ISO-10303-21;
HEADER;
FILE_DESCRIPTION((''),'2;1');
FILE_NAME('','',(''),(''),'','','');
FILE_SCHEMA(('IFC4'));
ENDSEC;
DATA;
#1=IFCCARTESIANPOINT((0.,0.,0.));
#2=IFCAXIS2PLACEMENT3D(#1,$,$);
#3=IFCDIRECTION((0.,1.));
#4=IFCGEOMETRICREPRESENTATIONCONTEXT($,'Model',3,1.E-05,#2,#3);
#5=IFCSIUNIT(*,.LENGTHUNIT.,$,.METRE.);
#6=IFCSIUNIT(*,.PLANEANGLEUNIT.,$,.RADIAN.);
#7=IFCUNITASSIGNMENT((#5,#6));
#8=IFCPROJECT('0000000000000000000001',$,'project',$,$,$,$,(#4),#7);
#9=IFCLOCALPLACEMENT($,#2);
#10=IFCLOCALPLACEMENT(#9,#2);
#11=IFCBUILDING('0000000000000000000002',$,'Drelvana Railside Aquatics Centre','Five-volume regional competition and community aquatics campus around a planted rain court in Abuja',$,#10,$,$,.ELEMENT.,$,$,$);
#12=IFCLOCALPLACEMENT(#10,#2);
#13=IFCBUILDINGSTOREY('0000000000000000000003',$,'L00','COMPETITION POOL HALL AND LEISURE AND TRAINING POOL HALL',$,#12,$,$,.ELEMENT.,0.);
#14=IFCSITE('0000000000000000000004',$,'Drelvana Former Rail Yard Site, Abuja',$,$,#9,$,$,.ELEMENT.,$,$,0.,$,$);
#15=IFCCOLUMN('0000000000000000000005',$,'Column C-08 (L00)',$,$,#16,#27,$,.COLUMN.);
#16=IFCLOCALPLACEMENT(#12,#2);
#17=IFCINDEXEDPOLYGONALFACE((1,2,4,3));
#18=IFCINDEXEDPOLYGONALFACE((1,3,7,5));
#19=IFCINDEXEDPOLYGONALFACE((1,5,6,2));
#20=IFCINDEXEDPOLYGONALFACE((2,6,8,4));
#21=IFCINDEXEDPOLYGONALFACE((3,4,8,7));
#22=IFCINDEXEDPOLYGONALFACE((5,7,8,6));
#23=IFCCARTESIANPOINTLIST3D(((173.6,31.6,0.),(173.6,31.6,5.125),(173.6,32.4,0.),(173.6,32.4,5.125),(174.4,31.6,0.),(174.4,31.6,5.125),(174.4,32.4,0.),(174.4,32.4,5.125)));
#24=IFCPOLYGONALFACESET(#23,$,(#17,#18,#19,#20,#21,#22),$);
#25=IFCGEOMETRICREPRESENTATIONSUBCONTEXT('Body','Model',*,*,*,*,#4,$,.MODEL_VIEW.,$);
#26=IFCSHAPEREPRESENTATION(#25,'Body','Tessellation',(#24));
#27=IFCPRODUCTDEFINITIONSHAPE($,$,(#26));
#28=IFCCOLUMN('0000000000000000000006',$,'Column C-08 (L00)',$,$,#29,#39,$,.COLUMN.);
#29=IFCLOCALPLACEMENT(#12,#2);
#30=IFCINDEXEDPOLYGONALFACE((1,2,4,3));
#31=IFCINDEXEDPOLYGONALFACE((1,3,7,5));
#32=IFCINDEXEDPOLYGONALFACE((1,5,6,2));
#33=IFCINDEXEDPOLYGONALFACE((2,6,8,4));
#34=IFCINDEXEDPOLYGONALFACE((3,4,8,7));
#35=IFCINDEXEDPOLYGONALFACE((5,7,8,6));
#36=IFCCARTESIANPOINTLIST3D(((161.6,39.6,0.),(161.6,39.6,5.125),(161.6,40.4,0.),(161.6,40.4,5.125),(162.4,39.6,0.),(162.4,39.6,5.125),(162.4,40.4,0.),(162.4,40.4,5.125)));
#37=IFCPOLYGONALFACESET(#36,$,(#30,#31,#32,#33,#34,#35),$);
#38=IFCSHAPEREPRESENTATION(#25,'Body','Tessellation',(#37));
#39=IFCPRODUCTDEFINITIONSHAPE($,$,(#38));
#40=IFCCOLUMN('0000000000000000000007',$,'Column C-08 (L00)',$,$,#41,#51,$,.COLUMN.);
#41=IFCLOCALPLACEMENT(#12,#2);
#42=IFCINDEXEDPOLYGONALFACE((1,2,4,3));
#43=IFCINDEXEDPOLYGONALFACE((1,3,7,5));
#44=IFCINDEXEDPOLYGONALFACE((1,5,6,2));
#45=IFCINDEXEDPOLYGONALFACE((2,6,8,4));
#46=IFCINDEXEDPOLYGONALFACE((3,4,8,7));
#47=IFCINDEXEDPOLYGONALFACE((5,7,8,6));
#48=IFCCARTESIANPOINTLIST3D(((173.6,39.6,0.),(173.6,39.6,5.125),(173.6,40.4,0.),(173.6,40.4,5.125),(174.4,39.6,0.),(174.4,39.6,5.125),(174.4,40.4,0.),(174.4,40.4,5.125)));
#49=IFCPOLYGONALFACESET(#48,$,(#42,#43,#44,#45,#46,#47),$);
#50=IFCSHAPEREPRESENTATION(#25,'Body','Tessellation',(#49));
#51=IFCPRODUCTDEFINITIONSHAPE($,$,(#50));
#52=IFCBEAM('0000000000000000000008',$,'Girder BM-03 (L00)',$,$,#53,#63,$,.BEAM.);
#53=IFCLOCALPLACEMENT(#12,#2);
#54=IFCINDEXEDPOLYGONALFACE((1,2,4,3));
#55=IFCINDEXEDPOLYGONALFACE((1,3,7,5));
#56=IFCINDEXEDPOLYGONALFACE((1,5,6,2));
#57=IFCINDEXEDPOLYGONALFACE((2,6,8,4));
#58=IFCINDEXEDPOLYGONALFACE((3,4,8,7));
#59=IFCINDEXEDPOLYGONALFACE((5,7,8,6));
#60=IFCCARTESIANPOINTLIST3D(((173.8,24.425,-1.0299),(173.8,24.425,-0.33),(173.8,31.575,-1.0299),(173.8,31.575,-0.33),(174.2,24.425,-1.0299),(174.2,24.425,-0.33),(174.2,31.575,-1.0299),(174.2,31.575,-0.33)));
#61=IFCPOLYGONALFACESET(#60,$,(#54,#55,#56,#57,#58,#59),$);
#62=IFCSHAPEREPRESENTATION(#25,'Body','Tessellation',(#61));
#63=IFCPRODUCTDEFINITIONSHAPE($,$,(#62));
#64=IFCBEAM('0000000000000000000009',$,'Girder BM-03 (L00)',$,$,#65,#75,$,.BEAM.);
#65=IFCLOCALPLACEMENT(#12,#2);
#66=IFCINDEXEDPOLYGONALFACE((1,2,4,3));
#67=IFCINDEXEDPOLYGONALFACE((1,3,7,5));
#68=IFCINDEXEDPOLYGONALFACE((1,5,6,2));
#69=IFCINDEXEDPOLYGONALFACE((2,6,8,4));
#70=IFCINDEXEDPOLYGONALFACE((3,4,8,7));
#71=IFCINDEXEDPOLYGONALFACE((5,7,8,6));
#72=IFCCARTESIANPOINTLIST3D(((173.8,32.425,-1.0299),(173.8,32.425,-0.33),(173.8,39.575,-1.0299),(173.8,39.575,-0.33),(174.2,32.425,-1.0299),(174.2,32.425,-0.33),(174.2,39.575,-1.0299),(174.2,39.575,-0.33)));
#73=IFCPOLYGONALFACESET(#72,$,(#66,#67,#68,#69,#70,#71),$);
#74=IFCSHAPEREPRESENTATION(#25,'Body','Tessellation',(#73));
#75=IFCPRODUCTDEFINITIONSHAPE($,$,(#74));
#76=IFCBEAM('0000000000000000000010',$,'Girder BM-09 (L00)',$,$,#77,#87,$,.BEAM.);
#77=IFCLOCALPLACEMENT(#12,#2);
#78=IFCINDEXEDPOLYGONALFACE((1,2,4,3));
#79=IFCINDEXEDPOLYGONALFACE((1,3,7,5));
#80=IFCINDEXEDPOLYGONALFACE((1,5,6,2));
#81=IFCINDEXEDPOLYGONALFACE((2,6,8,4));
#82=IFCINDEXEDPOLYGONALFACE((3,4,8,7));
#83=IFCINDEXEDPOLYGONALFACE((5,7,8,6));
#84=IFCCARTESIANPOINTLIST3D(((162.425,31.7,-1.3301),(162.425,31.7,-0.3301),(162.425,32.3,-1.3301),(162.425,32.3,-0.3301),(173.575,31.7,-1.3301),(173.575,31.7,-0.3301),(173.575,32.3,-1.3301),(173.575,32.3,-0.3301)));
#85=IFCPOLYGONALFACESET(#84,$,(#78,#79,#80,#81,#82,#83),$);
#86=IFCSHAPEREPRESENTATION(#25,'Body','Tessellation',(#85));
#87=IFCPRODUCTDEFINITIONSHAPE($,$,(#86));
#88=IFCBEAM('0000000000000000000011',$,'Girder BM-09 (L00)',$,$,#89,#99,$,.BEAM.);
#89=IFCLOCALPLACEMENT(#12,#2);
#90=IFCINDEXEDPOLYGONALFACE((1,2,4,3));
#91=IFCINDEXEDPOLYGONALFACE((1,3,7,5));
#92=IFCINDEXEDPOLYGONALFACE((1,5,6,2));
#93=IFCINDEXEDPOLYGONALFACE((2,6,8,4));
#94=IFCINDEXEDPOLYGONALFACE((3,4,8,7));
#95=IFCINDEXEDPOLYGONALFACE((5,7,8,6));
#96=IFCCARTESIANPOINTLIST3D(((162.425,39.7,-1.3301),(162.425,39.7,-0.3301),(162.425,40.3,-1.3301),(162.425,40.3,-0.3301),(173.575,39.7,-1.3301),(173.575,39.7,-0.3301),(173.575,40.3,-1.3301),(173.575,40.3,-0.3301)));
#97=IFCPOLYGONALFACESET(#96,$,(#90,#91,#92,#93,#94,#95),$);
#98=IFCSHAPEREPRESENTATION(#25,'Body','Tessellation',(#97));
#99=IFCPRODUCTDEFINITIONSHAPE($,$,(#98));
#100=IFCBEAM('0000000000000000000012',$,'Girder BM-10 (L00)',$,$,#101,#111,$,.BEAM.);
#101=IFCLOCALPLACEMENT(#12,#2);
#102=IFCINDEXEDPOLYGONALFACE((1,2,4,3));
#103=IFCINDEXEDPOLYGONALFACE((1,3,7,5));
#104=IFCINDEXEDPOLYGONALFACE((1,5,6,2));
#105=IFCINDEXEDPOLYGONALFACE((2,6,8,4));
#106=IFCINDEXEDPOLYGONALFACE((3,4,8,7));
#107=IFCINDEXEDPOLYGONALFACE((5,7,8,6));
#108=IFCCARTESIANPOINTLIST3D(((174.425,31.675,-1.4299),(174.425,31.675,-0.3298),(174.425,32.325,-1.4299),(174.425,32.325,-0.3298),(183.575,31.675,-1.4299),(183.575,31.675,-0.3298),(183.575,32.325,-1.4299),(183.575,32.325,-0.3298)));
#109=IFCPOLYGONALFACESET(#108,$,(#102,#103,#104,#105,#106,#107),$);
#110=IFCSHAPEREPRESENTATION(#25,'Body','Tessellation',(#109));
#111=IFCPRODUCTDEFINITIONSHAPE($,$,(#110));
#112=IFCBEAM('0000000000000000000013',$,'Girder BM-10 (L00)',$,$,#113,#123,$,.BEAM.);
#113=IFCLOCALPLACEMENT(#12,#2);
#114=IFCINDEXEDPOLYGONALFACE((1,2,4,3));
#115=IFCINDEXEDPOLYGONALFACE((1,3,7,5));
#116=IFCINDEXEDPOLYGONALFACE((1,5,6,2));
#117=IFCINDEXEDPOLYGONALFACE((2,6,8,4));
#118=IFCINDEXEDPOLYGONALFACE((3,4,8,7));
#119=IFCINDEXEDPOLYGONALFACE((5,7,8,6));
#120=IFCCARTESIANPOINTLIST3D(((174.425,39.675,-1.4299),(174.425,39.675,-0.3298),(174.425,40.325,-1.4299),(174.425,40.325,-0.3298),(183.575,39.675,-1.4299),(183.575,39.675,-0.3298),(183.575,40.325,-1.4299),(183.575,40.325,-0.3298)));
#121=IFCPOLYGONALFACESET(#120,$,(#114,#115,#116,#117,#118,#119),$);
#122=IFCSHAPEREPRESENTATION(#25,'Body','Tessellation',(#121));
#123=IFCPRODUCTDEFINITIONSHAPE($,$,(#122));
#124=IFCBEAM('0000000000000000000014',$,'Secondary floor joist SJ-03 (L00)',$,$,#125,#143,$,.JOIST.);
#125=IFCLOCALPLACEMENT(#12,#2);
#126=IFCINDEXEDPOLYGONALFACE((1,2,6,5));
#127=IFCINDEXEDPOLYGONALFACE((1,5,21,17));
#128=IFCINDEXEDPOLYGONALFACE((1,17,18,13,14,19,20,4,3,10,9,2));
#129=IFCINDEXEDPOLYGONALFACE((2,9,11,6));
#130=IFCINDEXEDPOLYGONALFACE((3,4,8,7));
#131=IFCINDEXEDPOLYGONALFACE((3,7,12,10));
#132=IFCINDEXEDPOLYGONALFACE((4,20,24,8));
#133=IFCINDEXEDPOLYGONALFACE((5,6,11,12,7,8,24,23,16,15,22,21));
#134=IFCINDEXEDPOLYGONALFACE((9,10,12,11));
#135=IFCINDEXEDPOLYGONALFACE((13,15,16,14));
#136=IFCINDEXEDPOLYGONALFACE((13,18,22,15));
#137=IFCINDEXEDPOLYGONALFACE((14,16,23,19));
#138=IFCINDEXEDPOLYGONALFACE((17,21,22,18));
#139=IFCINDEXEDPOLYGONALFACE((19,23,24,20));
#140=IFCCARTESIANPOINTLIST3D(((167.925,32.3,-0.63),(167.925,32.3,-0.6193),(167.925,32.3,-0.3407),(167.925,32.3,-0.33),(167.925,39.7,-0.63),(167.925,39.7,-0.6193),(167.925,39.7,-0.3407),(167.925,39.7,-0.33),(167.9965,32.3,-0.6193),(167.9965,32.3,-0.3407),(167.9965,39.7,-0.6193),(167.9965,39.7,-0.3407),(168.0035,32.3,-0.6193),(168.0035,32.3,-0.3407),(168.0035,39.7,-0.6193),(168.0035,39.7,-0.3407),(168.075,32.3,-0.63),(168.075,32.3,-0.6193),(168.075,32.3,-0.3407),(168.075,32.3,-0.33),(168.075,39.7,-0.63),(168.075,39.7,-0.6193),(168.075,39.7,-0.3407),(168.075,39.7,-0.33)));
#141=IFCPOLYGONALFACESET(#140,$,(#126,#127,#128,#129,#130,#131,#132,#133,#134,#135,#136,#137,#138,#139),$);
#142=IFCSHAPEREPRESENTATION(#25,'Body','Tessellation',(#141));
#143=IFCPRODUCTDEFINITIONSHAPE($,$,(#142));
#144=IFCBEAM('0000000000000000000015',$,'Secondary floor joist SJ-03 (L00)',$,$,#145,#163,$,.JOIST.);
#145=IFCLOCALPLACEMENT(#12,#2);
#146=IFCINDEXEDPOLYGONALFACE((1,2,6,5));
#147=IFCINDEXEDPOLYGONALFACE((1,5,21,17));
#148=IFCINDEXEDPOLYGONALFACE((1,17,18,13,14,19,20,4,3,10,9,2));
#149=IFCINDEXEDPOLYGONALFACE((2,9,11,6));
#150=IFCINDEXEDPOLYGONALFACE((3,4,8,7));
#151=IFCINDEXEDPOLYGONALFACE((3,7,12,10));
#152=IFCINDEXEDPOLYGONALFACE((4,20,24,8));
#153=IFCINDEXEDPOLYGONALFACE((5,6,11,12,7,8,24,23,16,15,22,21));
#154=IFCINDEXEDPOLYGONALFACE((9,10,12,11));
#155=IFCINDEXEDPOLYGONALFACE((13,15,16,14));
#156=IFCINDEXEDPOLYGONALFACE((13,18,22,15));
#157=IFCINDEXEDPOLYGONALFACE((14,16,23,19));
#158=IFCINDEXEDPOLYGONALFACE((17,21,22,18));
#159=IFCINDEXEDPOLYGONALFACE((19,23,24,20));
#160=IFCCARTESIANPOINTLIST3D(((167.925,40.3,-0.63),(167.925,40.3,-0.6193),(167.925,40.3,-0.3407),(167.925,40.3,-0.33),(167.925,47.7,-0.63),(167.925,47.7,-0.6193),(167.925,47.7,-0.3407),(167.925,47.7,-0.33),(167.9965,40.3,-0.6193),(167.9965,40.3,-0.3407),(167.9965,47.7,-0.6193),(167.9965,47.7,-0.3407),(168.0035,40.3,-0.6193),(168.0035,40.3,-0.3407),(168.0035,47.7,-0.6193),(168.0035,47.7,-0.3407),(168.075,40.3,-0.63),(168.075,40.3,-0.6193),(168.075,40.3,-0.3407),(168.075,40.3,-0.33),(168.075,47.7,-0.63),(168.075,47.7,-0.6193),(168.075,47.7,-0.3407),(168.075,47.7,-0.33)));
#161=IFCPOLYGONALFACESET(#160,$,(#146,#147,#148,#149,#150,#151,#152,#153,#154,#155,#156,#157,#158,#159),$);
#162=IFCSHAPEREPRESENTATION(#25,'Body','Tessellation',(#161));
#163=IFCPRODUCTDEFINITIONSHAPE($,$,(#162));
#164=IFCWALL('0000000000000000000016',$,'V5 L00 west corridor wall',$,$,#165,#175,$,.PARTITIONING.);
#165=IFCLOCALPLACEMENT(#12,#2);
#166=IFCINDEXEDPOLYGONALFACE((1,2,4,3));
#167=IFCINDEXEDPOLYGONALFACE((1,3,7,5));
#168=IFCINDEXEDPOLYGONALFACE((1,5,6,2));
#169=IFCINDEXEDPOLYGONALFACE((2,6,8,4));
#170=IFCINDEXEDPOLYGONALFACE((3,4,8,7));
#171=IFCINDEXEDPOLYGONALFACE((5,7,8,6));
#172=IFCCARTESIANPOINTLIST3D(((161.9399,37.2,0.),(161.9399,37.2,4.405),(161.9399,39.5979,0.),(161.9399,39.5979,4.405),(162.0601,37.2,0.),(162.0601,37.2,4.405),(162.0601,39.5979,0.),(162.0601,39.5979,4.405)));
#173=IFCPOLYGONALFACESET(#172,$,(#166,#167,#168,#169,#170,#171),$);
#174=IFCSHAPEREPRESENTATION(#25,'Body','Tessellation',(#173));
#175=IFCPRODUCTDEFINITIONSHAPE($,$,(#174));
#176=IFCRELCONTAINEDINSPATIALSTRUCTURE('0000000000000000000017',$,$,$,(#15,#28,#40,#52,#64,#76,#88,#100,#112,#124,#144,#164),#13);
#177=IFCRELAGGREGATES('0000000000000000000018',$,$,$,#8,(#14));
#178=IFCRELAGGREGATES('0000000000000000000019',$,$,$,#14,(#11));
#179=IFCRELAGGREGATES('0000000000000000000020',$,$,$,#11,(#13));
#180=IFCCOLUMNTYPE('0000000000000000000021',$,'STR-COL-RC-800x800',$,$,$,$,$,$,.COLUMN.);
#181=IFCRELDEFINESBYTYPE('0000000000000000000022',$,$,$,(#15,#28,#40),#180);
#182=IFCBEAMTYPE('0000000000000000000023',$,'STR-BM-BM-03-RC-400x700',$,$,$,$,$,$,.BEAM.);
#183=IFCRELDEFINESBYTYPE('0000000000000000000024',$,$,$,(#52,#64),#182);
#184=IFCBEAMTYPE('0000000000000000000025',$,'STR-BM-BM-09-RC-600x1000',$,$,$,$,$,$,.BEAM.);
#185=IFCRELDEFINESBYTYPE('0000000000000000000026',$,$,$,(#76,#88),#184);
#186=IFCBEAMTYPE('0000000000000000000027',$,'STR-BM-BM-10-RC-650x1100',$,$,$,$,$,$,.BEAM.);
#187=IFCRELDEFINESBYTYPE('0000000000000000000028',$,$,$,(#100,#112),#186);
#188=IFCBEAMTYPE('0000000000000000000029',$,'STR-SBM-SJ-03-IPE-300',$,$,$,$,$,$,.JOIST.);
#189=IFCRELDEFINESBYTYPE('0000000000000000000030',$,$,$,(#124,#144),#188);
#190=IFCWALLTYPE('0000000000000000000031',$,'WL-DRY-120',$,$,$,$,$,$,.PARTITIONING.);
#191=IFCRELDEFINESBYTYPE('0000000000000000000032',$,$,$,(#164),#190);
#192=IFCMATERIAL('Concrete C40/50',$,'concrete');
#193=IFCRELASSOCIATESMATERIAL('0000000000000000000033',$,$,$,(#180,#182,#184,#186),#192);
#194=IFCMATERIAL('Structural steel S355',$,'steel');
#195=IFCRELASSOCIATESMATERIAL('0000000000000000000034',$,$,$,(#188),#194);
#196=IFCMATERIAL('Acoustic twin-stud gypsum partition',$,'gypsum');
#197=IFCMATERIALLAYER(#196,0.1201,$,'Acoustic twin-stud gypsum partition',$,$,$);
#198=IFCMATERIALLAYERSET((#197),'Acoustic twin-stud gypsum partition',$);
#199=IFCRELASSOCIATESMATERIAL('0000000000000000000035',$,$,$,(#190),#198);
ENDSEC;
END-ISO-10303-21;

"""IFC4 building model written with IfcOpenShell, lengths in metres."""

from ifc_helpers import new_model, si_unit, direction, frame, frame_2d, origin, origin_2d, place, context, subcontext, project, spatial, rectangle, i_section, extrude, material, layer, layer_set, material_profile, profile_set, type_object, element, save


model = new_model("IFC4")

# Units and contexts
model_context = context("Model", 3, precision=1e-05, world=origin(), true_north=direction((0.0, 1.0)))
body_context = subcontext(model_context, "Body", "Model", "MODEL_VIEW")
ifc_project = project(units=[si_unit("LENGTHUNIT", "METRE"), si_unit("PLANEANGLEUNIT", "RADIAN")], contexts=[model_context])

# Site, building, storey
site_placement = place(None, origin())
site = spatial("IfcSite", under=ifc_project, at=site_placement, Name="Drelvana Former Rail Yard Site, Abuja", CompositionType="ELEMENT", RefElevation=0.0)
building_placement = place(site_placement, origin())
building = spatial("IfcBuilding", under=site, at=building_placement, Name="Drelvana Railside Aquatics Centre", Description="Five-volume regional competition and community aquatics campus around a planted rain court in Abuja", CompositionType="ELEMENT")
storey_placement = place(building_placement, origin())
storey = spatial("IfcBuildingStorey", under=building, at=storey_placement, Name="L00", Description="COMPETITION POOL HALL AND LEISURE AND TRAINING POOL HALL", CompositionType="ELEMENT", Elevation=0.0)

# Columns
ifc_material_1 = material(Name="Concrete C40/50", Category="concrete")
ifc_material_profile_1 = material_profile(ifc_material_1, rectangle(XDim=0.8, YDim=0.8, at=origin_2d()), Name="RC 800x800")
ifc_profile_set_1 = profile_set([ifc_material_profile_1], Name="Concrete C40/50")
column_type = type_object("IfcColumnType", Name="STR-COL-RC-800x800", PredefinedType="COLUMN", material=ifc_profile_set_1)
for number, where, z_axis, x_axis, name in (
    (1, (174.0, 32.0, 0.0), (0.0, 0.0, 1.0), (1.0, 0.0, 0.0), "Column C-08 (L00)"),
    (2, (162.0, 40.0, 0.0), (0.0, 0.0, 1.0), (1.0, 0.0, 0.0), "Column C-08 (L00)"),
    (3, (174.0, 40.0, 0.0), (0.0, 0.0, 1.0), (1.0, 0.0, 0.0), "Column C-08 (L00)"),
):
    element("IfcColumn", number, at=place(storey_placement, frame(where, z_axis=z_axis, x_axis=x_axis)), inside=storey, type_object=column_type, Name=name, PredefinedType="COLUMN", context=body_context, shape_type="SweptSolid", body=[
        extrude(rectangle(XDim=0.8, YDim=0.8, at=origin_2d()), origin(), (0.0, 0.0, 1.0), 5.125),
    ])

# Beams
ifc_material_profile_2 = material_profile(ifc_material_1, rectangle(XDim=0.3999, YDim=0.7, at=origin_2d()), Name="RC 400x700")
ifc_profile_set_2 = profile_set([ifc_material_profile_2], Name="Concrete C40/50")
beam_type_1 = type_object("IfcBeamType", Name="STR-BM-BM-03-RC-400x700", PredefinedType="BEAM", material=ifc_profile_set_2)
for number, where, z_axis, x_axis, name in (
    (4, (174.0, 24.425, -0.6799), (0.0, 1.0, 0.0), (-1.0, 0.0, 0.0), "Girder BM-03 (L00)"),
    (5, (174.0, 32.425, -0.6799), (0.0, 1.0, 0.0), (-1.0, 0.0, 0.0), "Girder BM-03 (L00)"),
):
    element("IfcBeam", number, at=place(storey_placement, frame(where, z_axis=z_axis, x_axis=x_axis)), inside=storey, type_object=beam_type_1, Name=name, PredefinedType="BEAM", context=body_context, shape_type="SweptSolid", body=[
        extrude(rectangle(XDim=0.3999, YDim=0.7, at=origin_2d()), origin(), (0.0, 0.0, 1.0), 7.1499),
    ])
ifc_material_profile_3 = material_profile(ifc_material_1, rectangle(XDim=0.6001, YDim=1.0, at=origin_2d()), Name="RC 600x1000")
ifc_profile_set_3 = profile_set([ifc_material_profile_3], Name="Concrete C40/50")
beam_type_2 = type_object("IfcBeamType", Name="STR-BM-BM-09-RC-600x1000", PredefinedType="BEAM", material=ifc_profile_set_3)
for number, where, z_axis, x_axis, name in (
    (6, (162.425, 32.0, -0.8301), (1.0, 0.0, 0.0), (0.0, 1.0, 0.0), "Girder BM-09 (L00)"),
    (7, (162.425, 40.0, -0.8301), (1.0, 0.0, 0.0), (0.0, 1.0, 0.0), "Girder BM-09 (L00)"),
):
    element("IfcBeam", number, at=place(storey_placement, frame(where, z_axis=z_axis, x_axis=x_axis)), inside=storey, type_object=beam_type_2, Name=name, PredefinedType="BEAM", context=body_context, shape_type="SweptSolid", body=[
        extrude(rectangle(XDim=0.6001, YDim=1.0, at=origin_2d()), origin(), (0.0, 0.0, 1.0), 11.1499),
    ])
ifc_material_profile_4 = material_profile(ifc_material_1, rectangle(XDim=0.6499, YDim=1.1001, at=origin_2d()), Name="RC 650x1100")
ifc_profile_set_4 = profile_set([ifc_material_profile_4], Name="Concrete C40/50")
beam_type_3 = type_object("IfcBeamType", Name="STR-BM-BM-10-RC-650x1100", PredefinedType="BEAM", material=ifc_profile_set_4)
for number, where, z_axis, x_axis, name in (
    (8, (174.425, 32.0, -0.8799), (1.0, 0.0, 0.0), (0.0, 1.0, 0.0), "Girder BM-10 (L00)"),
    (9, (174.425, 40.0, -0.8799), (1.0, 0.0, 0.0), (0.0, 1.0, 0.0), "Girder BM-10 (L00)"),
):
    element("IfcBeam", number, at=place(storey_placement, frame(where, z_axis=z_axis, x_axis=x_axis)), inside=storey, type_object=beam_type_3, Name=name, PredefinedType="BEAM", context=body_context, shape_type="SweptSolid", body=[
        extrude(rectangle(XDim=0.6499, YDim=1.1001, at=origin_2d()), origin(), (0.0, 0.0, 1.0), 9.1499),
    ])
ifc_material_2 = material(Name="Structural steel S355", Category="steel")
ifc_material_profile_5 = material_profile(ifc_material_2, i_section(OverallWidth=0.1499, OverallDepth=0.3, WebThickness=0.0071, FlangeThickness=0.0107, at=origin_2d()), Name="IPE 300")
ifc_profile_set_5 = profile_set([ifc_material_profile_5], Name="Structural steel S355")
beam_type_4 = type_object("IfcBeamType", Name="STR-SBM-SJ-03-IPE-300", PredefinedType="JOIST", material=ifc_profile_set_5)
for number, where, z_axis, x_axis, name in (
    (10, (168.0, 32.3, -0.48), (0.0, 1.0, 0.0), (-1.0, 0.0, 0.0), "Secondary floor joist SJ-03 (L00)"),
    (11, (168.0, 40.3, -0.48), (0.0, 1.0, 0.0), (-1.0, 0.0, 0.0), "Secondary floor joist SJ-03 (L00)"),
):
    element("IfcBeam", number, at=place(storey_placement, frame(where, z_axis=z_axis, x_axis=x_axis)), inside=storey, type_object=beam_type_4, Name=name, PredefinedType="JOIST", context=body_context, shape_type="SweptSolid", body=[
        extrude(i_section(OverallWidth=0.1499, OverallDepth=0.3, WebThickness=0.0071, FlangeThickness=0.0107, at=origin_2d()), origin(), (0.0, 0.0, 1.0), 7.3999),
    ])

# Wall
ifc_material_3 = material(Name="Acoustic twin-stud gypsum partition", Category="gypsum")
ifc_layer = layer(ifc_material_3, 0.1201, Name="Acoustic twin-stud gypsum partition")
ifc_layer_set = layer_set([ifc_layer], Name="Acoustic twin-stud gypsum partition")
wall_type = type_object("IfcWallType", Name="WL-DRY-120", PredefinedType="PARTITIONING", material=ifc_layer_set)
wall_1_placement = place(storey_placement, frame((162.0, 37.2, 0.0), z_axis=(0.0, 0.0, 1.0), x_axis=(0.0, 1.0, 0.0)))
element("IfcWall", 12, at=wall_1_placement, inside=storey, type_object=wall_type, Name="V5 L00 west corridor wall", PredefinedType="PARTITIONING", context=body_context, shape_type="SweptSolid", body=[
    extrude(rectangle(XDim=2.3979, YDim=0.1201, at=frame_2d((1.199, 0.0))), origin(), (0.0, 0.0, 1.0), 4.405),
])

save(model, "model.ifc")
